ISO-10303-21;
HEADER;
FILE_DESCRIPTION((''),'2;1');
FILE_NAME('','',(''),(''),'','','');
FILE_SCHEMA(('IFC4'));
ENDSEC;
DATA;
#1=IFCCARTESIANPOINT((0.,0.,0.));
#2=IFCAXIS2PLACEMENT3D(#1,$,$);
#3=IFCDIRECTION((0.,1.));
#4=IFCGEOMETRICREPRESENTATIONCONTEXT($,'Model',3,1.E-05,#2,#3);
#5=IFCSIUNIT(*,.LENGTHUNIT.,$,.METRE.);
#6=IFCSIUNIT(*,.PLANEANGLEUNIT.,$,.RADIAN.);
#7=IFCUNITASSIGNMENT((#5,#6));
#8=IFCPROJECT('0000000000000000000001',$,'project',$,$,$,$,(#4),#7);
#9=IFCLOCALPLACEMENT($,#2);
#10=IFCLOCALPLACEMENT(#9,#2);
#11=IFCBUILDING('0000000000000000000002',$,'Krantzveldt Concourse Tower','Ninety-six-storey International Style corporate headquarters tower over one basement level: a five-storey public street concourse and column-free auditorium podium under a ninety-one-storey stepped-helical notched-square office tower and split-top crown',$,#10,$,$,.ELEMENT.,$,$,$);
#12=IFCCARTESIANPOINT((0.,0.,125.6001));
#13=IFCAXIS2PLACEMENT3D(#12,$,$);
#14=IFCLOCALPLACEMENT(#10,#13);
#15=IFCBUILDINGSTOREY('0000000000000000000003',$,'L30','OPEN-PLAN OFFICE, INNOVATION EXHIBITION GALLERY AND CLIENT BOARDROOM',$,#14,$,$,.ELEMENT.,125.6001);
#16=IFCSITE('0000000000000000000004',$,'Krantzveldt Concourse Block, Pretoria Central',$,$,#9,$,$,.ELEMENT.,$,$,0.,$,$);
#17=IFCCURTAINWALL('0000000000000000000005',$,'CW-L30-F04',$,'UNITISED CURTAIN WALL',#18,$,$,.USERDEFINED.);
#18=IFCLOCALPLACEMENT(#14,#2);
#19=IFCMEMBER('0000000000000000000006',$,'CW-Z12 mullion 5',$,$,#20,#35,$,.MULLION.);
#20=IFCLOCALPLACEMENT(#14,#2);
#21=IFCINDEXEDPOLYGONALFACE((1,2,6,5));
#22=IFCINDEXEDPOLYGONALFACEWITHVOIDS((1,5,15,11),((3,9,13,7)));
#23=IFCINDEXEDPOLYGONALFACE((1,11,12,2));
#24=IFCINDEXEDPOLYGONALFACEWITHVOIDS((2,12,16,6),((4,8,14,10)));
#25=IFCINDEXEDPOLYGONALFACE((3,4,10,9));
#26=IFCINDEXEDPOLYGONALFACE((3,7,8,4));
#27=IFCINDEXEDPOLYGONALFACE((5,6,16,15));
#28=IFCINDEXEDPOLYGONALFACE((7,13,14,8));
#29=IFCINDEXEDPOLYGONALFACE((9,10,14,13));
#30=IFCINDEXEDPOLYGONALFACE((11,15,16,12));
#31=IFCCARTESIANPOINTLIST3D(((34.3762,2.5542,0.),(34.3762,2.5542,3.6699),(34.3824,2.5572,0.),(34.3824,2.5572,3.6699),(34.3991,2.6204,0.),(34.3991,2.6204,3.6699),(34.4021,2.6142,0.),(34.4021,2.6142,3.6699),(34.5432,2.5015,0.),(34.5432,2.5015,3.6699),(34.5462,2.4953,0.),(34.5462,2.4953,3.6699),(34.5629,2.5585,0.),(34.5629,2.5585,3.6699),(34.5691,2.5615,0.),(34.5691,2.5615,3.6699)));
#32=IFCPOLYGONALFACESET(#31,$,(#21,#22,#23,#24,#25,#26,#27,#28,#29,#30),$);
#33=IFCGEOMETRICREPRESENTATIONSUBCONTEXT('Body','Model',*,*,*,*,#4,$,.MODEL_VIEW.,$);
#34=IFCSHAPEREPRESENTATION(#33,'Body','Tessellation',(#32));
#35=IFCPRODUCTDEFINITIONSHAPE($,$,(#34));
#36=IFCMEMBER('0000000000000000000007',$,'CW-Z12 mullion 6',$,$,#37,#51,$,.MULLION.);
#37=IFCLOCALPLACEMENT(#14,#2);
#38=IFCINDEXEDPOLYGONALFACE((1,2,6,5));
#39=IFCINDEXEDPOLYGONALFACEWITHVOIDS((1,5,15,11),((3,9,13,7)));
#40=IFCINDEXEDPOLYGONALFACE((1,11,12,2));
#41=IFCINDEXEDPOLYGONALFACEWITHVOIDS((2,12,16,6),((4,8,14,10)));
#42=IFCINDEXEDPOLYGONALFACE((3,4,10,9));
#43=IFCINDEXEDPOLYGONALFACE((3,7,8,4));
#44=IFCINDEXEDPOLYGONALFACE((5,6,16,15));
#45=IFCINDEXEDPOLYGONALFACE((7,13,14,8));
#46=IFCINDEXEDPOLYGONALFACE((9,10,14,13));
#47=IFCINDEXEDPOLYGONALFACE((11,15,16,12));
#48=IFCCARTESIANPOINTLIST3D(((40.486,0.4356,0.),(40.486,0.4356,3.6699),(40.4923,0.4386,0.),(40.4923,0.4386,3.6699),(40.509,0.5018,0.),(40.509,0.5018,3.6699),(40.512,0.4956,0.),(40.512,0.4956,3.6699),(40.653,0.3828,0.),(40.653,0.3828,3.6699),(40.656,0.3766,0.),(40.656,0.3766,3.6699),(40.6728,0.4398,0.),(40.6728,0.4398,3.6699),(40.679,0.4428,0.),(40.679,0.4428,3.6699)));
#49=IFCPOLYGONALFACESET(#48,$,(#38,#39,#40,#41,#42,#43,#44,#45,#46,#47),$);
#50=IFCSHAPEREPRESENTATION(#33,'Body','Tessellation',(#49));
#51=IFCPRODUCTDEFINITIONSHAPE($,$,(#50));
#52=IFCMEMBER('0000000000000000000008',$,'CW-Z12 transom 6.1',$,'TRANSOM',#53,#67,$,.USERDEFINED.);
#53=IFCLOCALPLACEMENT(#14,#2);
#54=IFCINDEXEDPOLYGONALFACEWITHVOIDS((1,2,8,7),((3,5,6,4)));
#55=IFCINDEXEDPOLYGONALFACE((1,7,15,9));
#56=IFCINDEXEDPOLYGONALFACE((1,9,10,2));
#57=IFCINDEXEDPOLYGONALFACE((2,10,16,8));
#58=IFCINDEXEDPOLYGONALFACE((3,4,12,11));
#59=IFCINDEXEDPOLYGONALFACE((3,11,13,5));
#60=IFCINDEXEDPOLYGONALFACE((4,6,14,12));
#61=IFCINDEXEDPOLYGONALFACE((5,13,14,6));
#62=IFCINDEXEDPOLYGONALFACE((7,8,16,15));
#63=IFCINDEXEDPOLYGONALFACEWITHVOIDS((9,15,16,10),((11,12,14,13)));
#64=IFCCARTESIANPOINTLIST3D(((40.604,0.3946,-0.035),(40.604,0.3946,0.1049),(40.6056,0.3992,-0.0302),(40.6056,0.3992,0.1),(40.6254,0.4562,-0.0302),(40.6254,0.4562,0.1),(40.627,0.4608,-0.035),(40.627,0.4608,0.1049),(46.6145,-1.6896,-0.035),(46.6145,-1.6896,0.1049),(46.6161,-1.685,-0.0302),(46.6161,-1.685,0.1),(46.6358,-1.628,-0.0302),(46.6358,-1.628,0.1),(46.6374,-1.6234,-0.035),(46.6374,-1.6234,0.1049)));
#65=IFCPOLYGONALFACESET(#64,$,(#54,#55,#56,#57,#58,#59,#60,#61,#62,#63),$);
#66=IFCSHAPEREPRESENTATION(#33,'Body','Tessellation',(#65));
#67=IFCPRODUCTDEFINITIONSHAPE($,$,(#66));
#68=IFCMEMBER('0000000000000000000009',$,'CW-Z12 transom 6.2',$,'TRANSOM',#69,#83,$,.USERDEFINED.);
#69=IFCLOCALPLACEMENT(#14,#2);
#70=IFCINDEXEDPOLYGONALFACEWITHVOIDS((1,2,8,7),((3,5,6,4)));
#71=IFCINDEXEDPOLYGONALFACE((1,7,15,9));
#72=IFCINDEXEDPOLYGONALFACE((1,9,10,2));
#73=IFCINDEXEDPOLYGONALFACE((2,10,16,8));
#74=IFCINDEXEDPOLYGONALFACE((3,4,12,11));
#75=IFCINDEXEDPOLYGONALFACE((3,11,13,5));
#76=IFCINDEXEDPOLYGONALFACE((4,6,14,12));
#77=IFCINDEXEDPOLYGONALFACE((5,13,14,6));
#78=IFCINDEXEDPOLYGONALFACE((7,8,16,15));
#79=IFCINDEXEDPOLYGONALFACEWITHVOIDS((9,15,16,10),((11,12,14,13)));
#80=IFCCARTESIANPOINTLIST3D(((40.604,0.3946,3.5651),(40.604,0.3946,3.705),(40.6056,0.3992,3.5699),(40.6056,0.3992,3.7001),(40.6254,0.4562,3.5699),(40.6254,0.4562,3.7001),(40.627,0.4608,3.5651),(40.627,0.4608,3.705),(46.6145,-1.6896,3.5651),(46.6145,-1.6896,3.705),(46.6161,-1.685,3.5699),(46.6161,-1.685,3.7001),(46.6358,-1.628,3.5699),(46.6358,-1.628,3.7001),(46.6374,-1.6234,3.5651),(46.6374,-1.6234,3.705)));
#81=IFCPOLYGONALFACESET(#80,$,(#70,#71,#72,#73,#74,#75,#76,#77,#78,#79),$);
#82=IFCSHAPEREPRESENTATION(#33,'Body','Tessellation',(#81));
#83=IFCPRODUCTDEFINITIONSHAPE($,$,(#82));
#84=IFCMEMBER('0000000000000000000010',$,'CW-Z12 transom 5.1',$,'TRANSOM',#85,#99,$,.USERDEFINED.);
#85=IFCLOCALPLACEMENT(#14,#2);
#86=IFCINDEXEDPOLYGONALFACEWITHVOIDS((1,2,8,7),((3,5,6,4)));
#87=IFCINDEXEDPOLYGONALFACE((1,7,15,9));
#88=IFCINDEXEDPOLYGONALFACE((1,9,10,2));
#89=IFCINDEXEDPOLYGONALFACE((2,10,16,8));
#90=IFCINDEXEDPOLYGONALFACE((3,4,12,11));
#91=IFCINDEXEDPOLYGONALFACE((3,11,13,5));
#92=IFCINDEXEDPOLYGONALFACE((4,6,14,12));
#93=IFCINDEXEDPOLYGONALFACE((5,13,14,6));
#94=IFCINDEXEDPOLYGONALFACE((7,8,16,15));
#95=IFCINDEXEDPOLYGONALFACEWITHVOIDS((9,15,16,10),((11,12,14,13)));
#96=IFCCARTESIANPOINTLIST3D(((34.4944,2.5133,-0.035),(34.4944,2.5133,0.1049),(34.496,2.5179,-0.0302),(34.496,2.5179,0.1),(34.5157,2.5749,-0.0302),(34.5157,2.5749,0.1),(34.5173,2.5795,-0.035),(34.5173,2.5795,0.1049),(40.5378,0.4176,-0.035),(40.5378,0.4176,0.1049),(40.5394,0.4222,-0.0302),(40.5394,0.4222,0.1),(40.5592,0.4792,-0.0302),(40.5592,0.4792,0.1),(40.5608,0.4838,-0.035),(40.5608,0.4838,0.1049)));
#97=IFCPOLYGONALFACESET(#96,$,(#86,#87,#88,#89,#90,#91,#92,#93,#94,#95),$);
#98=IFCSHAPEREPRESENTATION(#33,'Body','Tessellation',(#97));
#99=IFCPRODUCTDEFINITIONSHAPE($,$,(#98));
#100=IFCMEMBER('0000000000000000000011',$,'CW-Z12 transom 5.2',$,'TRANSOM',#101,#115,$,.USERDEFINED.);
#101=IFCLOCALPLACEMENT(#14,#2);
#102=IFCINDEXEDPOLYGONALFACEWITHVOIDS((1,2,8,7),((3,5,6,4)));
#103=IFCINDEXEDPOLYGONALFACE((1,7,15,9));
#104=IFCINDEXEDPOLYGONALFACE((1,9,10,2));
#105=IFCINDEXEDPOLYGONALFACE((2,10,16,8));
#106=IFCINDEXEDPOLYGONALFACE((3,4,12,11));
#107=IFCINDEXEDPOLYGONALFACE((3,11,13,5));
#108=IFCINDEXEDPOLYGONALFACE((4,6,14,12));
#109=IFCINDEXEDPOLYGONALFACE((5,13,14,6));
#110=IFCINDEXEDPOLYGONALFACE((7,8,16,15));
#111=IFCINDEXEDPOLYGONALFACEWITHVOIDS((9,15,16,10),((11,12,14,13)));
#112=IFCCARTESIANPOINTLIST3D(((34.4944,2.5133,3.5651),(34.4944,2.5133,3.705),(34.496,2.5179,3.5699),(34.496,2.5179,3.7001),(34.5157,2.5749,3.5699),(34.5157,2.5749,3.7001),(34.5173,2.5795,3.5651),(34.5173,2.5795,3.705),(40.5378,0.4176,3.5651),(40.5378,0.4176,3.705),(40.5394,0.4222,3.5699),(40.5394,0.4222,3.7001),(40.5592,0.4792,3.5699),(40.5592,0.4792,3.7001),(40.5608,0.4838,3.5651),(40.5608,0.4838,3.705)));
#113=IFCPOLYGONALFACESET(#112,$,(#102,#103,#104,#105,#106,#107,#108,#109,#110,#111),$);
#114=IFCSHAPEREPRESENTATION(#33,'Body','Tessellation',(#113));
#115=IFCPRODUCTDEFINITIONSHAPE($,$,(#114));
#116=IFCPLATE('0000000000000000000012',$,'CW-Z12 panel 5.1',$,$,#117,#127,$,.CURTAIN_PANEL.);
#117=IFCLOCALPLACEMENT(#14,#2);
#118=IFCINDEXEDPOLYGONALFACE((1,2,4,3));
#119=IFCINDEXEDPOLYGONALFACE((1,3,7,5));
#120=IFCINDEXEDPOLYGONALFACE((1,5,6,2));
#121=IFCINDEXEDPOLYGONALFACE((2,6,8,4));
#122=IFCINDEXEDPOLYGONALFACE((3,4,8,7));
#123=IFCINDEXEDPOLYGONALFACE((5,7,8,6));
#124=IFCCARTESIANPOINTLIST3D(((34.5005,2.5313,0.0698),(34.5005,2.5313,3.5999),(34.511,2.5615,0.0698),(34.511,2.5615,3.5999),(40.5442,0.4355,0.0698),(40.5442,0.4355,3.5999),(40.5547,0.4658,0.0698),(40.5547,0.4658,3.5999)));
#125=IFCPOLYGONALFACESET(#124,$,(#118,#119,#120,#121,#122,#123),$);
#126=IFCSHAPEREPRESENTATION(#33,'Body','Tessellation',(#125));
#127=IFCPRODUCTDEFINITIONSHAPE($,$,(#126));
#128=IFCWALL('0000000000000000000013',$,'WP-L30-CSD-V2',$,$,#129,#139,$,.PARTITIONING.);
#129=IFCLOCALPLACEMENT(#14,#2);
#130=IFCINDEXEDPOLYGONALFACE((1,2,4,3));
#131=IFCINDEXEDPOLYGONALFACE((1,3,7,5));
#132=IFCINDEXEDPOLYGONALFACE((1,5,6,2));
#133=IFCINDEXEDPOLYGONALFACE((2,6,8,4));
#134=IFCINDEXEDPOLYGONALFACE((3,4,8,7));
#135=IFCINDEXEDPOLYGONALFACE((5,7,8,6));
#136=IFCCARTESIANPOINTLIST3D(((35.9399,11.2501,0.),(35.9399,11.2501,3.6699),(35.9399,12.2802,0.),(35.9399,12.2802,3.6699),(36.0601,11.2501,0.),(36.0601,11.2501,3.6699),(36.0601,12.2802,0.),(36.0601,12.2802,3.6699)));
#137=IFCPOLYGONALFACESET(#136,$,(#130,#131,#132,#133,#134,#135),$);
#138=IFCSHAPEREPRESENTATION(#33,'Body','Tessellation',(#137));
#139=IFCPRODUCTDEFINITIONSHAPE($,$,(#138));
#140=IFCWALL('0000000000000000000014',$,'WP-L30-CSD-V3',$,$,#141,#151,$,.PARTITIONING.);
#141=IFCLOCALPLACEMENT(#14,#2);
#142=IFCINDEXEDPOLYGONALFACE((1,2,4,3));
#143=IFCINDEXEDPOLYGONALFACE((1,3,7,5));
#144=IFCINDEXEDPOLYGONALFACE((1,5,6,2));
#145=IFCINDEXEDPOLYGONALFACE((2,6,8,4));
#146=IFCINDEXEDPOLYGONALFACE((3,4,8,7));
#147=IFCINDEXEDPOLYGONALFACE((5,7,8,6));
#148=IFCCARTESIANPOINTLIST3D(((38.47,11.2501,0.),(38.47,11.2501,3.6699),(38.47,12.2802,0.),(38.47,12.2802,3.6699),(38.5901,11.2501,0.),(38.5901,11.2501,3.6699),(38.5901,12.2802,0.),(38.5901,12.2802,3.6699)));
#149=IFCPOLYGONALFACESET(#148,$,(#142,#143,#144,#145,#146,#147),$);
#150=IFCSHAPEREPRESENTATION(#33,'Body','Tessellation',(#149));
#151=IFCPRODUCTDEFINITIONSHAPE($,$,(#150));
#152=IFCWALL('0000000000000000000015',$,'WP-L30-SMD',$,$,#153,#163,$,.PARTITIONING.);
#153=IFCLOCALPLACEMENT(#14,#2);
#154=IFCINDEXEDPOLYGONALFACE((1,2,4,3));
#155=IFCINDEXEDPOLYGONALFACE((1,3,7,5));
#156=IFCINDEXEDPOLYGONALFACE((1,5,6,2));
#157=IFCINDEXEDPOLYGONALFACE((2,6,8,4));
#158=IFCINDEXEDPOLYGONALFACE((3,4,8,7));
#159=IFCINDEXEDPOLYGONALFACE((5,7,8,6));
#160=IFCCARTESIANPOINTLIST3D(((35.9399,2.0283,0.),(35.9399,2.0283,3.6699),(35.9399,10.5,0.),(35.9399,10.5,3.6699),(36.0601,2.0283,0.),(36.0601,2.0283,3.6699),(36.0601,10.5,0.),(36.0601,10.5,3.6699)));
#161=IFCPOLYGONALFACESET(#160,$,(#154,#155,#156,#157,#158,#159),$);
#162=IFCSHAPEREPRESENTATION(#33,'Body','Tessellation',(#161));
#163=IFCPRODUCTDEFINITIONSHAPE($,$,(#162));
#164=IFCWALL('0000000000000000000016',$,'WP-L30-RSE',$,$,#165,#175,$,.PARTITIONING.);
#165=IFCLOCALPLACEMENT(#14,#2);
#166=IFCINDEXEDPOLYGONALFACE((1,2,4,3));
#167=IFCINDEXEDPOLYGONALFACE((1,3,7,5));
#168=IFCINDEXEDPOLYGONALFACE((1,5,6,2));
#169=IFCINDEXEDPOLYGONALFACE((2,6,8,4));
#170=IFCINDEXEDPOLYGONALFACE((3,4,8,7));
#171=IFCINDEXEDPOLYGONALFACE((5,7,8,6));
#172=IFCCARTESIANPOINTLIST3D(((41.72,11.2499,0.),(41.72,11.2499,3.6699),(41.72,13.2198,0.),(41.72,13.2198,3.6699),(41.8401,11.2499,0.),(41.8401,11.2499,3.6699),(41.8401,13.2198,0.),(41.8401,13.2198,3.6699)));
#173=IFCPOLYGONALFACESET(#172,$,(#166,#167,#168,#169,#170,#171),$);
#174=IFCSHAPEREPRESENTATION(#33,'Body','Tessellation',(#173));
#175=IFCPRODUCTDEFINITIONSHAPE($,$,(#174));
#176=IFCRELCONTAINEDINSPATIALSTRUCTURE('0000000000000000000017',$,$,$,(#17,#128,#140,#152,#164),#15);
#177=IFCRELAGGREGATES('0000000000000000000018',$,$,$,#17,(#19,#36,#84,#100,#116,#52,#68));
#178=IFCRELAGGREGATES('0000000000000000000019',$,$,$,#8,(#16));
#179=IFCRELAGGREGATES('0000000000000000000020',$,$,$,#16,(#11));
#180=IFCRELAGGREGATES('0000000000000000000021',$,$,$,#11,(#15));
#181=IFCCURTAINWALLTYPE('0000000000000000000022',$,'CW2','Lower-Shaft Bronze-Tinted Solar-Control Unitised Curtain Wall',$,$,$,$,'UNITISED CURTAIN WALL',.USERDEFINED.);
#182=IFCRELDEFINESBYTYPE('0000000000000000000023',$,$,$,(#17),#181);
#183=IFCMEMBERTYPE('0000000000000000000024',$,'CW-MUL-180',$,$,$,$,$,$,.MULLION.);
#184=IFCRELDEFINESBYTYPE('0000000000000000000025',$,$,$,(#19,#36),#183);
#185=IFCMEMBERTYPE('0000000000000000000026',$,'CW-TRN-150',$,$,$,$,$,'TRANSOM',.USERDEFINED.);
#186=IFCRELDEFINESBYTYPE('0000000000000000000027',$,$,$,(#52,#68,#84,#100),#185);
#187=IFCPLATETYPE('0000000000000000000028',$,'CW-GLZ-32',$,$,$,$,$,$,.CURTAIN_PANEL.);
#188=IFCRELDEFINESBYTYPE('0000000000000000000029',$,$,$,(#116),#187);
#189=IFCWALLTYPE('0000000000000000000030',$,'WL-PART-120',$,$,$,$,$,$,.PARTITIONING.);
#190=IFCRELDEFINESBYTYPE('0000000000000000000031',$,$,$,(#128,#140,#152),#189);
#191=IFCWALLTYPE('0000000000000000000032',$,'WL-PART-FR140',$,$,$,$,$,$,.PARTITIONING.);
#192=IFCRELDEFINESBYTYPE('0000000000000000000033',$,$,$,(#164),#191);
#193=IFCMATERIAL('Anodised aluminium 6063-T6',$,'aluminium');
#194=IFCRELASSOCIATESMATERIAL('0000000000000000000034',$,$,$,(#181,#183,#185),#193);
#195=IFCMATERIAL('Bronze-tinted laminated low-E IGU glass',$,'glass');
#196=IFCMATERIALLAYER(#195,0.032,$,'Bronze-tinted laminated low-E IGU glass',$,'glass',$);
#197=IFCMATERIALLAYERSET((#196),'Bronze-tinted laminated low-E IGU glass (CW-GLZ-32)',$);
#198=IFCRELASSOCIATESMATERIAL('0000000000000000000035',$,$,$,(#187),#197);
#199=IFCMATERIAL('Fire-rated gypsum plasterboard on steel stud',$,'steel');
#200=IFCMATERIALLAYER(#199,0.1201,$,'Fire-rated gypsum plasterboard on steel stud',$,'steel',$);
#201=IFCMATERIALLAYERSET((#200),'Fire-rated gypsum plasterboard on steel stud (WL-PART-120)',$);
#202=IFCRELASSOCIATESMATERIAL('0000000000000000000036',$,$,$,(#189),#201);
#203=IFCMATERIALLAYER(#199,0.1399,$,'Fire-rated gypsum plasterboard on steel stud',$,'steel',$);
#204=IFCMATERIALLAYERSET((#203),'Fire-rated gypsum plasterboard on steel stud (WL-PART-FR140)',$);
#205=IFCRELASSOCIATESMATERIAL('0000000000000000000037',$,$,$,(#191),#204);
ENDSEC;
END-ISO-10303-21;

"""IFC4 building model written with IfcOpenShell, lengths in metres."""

from ifc_helpers import new_model, si_unit, direction, frame, frame_2d, origin, origin_2d, place, context, subcontext, project, spatial, rectangle, hollow_rectangle, extrude, source, transform, mapped, material, layer, layer_set, material_profile, profile_set, type_object, type_shapes, element, aggregate, save


model = new_model("IFC4")

# Units and contexts
model_context = context("Model", 3, precision=1e-05, world=origin(), true_north=direction((0.0, 1.0)))
body_context = subcontext(model_context, "Body", "Model", "MODEL_VIEW")
ifc_project = project(units=[si_unit("LENGTHUNIT", "METRE"), si_unit("PLANEANGLEUNIT", "RADIAN")], contexts=[model_context])

# Site, building, storey
site_placement = place(None, origin())
site = spatial("IfcSite", under=ifc_project, at=site_placement, Name="Krantzveldt Concourse Block, Pretoria Central", CompositionType="ELEMENT", RefElevation=0.0)
building_placement = place(site_placement, origin())
building = spatial("IfcBuilding", under=site, at=building_placement, Name="Krantzveldt Concourse Tower", Description="Ninety-six-storey International Style corporate headquarters tower over one basement level: a five-storey public street concourse and column-free auditorium podium under a ninety-one-storey stepped-helical notched-square office tower and split-top crown", CompositionType="ELEMENT")
storey_placement = place(building_placement, frame((0.0, 0.0, 125.6001)))
storey = spatial("IfcBuildingStorey", under=building, at=storey_placement, Name="L30", Description="OPEN-PLAN OFFICE, INNOVATION EXHIBITION GALLERY AND CLIENT BOARDROOM", CompositionType="ELEMENT", Elevation=125.6001)

# Curtain wall, members, plate
ifc_material_1 = material(Name="Anodised aluminium 6063-T6", Category="aluminium")
curtain_wall_type = type_object("IfcCurtainWallType", Name="CW2", Description="Lower-Shaft Bronze-Tinted Solar-Control Unitised Curtain Wall", ElementType="UNITISED CURTAIN WALL", PredefinedType="USERDEFINED", material=ifc_material_1)
curtain_wall_placement = place(storey_placement, origin())
curtain_wall = element("IfcCurtainWall", 1, at=curtain_wall_placement, inside=storey, type_object=curtain_wall_type, Name="CW-L30-F04", ObjectType="UNITISED CURTAIN WALL", PredefinedType="USERDEFINED")
ifc_material_profile_1 = material_profile(ifc_material_1, hollow_rectangle(XDim=0.0701, YDim=0.1799, WallThickness=0.0049, at=origin_2d()), Name="Anodised aluminium 6063-T6", Category="aluminium")
ifc_profile_set_1 = profile_set([ifc_material_profile_1], Name="Anodised aluminium 6063-T6 - ALU-MULL 180x70x5")
member_type_1 = type_object("IfcMemberType", Name="CW-MUL-180", PredefinedType="MULLION", material=ifc_profile_set_1)
shared_shape_1 = source(origin(), body_context, "Body", "SweptSolid", [
    extrude(hollow_rectangle(XDim=0.0701, YDim=0.1799, WallThickness=0.0049, at=origin_2d()), origin(), (0.0, 0.0, 1.0), 3.6699),
])
type_shapes(member_type_1, [shared_shape_1])
member_1_placement = place(storey_placement, frame((34.4727, 2.5579, 0.0), z_axis=(0.0, 0.0, 1.0), x_axis=(0.32763, 0.944806, 0.0)))
member_1 = element("IfcMember", 2, at=member_1_placement, type_object=member_type_1, Name="CW-Z12 mullion 5", PredefinedType="MULLION", context=body_context, shape_type="MappedRepresentation", body=[
    mapped(shared_shape_1, transform((0.0, 0.0, 0.0), x_axis=(1.0, 0.0, 0.0), y_axis=(0.0, 1.0, 0.0), z_axis=(0.0, 0.0, 1.0), scale=1.0)),
])
member_2_placement = place(storey_placement, frame((40.5825, 0.4392, 0.0), z_axis=(0.0, 0.0, 1.0), x_axis=(0.32763, 0.944806, 0.0)))
member_2 = element("IfcMember", 3, at=member_2_placement, type_object=member_type_1, Name="CW-Z12 mullion 6", PredefinedType="MULLION", context=body_context, shape_type="MappedRepresentation", body=[
    mapped(shared_shape_1, transform((0.0, 0.0, 0.0), x_axis=(1.0, 0.0, 0.0), y_axis=(0.0, 1.0, 0.0), z_axis=(0.0, 0.0, 1.0), scale=1.0)),
])
ifc_material_profile_2 = material_profile(ifc_material_1, hollow_rectangle(XDim=0.0701, YDim=0.1399, WallThickness=0.0049, at=origin_2d()), Name="Anodised aluminium 6063-T6", Category="aluminium")
ifc_profile_set_2 = profile_set([ifc_material_profile_2], Name="Anodised aluminium 6063-T6 - ALU-TRAN 140x70x5")
member_type_2 = type_object("IfcMemberType", Name="CW-TRN-150", ElementType="TRANSOM", PredefinedType="USERDEFINED", material=ifc_profile_set_2)
shared_shape_2 = source(origin(), body_context, "Body", "SweptSolid", [
    extrude(hollow_rectangle(XDim=0.0701, YDim=0.1399, WallThickness=0.0049, at=origin_2d()), origin(), (0.0, 0.0, 1.0), 6.3616),
])
member_3_placement = place(storey_placement, frame((40.6155, 0.4277, 0.0349), z_axis=(0.944808, -0.327626, 0.0), x_axis=(0.327626, 0.944808, 0.0)))
member_3 = element("IfcMember", 4, at=member_3_placement, type_object=member_type_2, Name="CW-Z12 transom 6.1", ObjectType="TRANSOM", PredefinedType="USERDEFINED", context=body_context, shape_type="MappedRepresentation", body=[
    mapped(shared_shape_2, transform((0.0, 0.0, 0.0), x_axis=(1.0, 0.0, 0.0), y_axis=(0.0, 1.0, 0.0), z_axis=(0.0, 0.0, 1.0), scale=1.0)),
])
member_4_placement = place(storey_placement, frame((40.6155, 0.4277, 3.635), z_axis=(0.944808, -0.327626, 0.0), x_axis=(0.327626, 0.944808, 0.0)))
member_4 = element("IfcMember", 5, at=member_4_placement, type_object=member_type_2, Name="CW-Z12 transom 6.2", ObjectType="TRANSOM", PredefinedType="USERDEFINED", context=body_context, shape_type="MappedRepresentation", body=[
    mapped(shared_shape_2, transform((0.0, 0.0, 0.0), x_axis=(1.0, 0.0, 0.0), y_axis=(0.0, 1.0, 0.0), z_axis=(0.0, 0.0, 1.0), scale=1.0)),
])
shared_shape_3 = source(origin(), body_context, "Body", "SweptSolid", [
    extrude(hollow_rectangle(XDim=0.0701, YDim=0.1399, WallThickness=0.0049, at=origin_2d()), origin(), (0.0, 0.0, 1.0), 6.3965),
])
type_shapes(member_type_2, [shared_shape_2, shared_shape_3])
member_5_placement = place(storey_placement, frame((34.5059, 2.5464, 0.0349), z_axis=(0.944805, -0.327632, 0.0), x_axis=(0.327632, 0.944805, 0.0)))
member_5 = element("IfcMember", 6, at=member_5_placement, type_object=member_type_2, Name="CW-Z12 transom 5.1", ObjectType="TRANSOM", PredefinedType="USERDEFINED", context=body_context, shape_type="MappedRepresentation", body=[
    mapped(shared_shape_3, transform((0.0, 0.0, 0.0), x_axis=(1.0, 0.0, 0.0), y_axis=(0.0, 1.0, 0.0), z_axis=(0.0, 0.0, 1.0), scale=1.0)),
])
member_6_placement = place(storey_placement, frame((34.5059, 2.5464, 3.635), z_axis=(0.944805, -0.327632, 0.0), x_axis=(0.327632, 0.944805, 0.0)))
member_6 = element("IfcMember", 7, at=member_6_placement, type_object=member_type_2, Name="CW-Z12 transom 5.2", ObjectType="TRANSOM", PredefinedType="USERDEFINED", context=body_context, shape_type="MappedRepresentation", body=[
    mapped(shared_shape_3, transform((0.0, 0.0, 0.0), x_axis=(1.0, 0.0, 0.0), y_axis=(0.0, 1.0, 0.0), z_axis=(0.0, 0.0, 1.0), scale=1.0)),
])
ifc_material_2 = material(Name="Bronze-tinted laminated low-E IGU glass", Category="glass")
ifc_layer_1 = layer(ifc_material_2, 0.032, Name="Bronze-tinted laminated low-E IGU glass", Category="glass")
ifc_layer_set_1 = layer_set([ifc_layer_1], Name="Bronze-tinted laminated low-E IGU glass (CW-GLZ-32)")
plate_type = type_object("IfcPlateType", Name="CW-GLZ-32", PredefinedType="CURTAIN_PANEL", material=ifc_layer_set_1)
shared_shape_4 = source(origin(), body_context, "Body", "SweptSolid", [
    extrude(rectangle(XDim=6.3967, YDim=0.032, at=origin_2d()), origin(), (0.0, 0.0, 1.0), 3.53),
])
type_shapes(plate_type, [shared_shape_4])
plate_placement = place(storey_placement, frame((37.5276, 1.4985, 0.0698), z_axis=(0.0, 0.0, 1.0), x_axis=(0.944806, -0.32763, 0.0)))
plate = element("IfcPlate", 8, at=plate_placement, type_object=plate_type, Name="CW-Z12 panel 5.1", PredefinedType="CURTAIN_PANEL", context=body_context, shape_type="MappedRepresentation", body=[
    mapped(shared_shape_4, transform((0.0, 0.0, 0.0), x_axis=(1.0, 0.0, 0.0), y_axis=(0.0, 1.0, 0.0), z_axis=(0.0, 0.0, 1.0), scale=1.0)),
])
aggregate(curtain_wall, [member_1, member_2, member_5, member_6, plate, member_3, member_4])

# Walls
ifc_material_3 = material(Name="Fire-rated gypsum plasterboard on steel stud", Category="steel")
ifc_layer_2 = layer(ifc_material_3, 0.1201, Name="Fire-rated gypsum plasterboard on steel stud", Category="steel")
ifc_layer_set_2 = layer_set([ifc_layer_2], Name="Fire-rated gypsum plasterboard on steel stud (WL-PART-120)")
wall_type_1 = type_object("IfcWallType", Name="WL-PART-120", PredefinedType="PARTITIONING", material=ifc_layer_set_2)
for number, where, z_axis, x_axis, name in (
    (9, (36.0, 11.25, 0.0), (0.0, 0.0, 1.0), (0.0, 1.0, 0.0), "WP-L30-CSD-V2"),
    (10, (38.53, 11.25, 0.0), (0.0, 0.0, 1.0), (0.0, 1.0, 0.0), "WP-L30-CSD-V3"),
):
    element("IfcWall", number, at=place(storey_placement, frame(where, z_axis=z_axis, x_axis=x_axis)), inside=storey, type_object=wall_type_1, Name=name, PredefinedType="PARTITIONING", context=body_context, shape_type="SweptSolid", body=[
        extrude(rectangle(XDim=1.03, YDim=0.1201, at=frame_2d((0.5151, 0.0))), origin(), (0.0, 0.0, 1.0), 3.6699),
    ])
wall_1_placement = place(storey_placement, frame((36.0, 2.0283, 0.0), z_axis=(0.0, 0.0, 1.0), x_axis=(0.0, 1.0, 0.0)))
element("IfcWall", 11, at=wall_1_placement, inside=storey, type_object=wall_type_1, Name="WP-L30-SMD", PredefinedType="PARTITIONING", context=body_context, shape_type="SweptSolid", body=[
    extrude(rectangle(XDim=8.4717, YDim=0.1201, at=frame_2d((4.2358, 0.0))), origin(), (0.0, 0.0, 1.0), 3.6699),
])

# Shared definitions
ifc_layer_3 = layer(ifc_material_3, 0.1399, Name="Fire-rated gypsum plasterboard on steel stud", Category="steel")
ifc_layer_set_3 = layer_set([ifc_layer_3], Name="Fire-rated gypsum plasterboard on steel stud (WL-PART-FR140)")
wall_type_2 = type_object("IfcWallType", Name="WL-PART-FR140", PredefinedType="PARTITIONING", material=ifc_layer_set_3)

# Wall
wall_2_placement = place(storey_placement, frame((41.78, 11.25, 0.0), z_axis=(0.0, 0.0, 1.0), x_axis=(0.0, 1.0, 0.0)))
element("IfcWall", 12, at=wall_2_placement, inside=storey, type_object=wall_type_2, Name="WP-L30-RSE", PredefinedType="PARTITIONING", context=body_context, shape_type="SweptSolid", body=[
    extrude(rectangle(XDim=1.97, YDim=0.1201, at=frame_2d((0.9849, 0.0))), origin(), (0.0, 0.0, 1.0), 3.6699),
])

save(model, "model.ifc")
